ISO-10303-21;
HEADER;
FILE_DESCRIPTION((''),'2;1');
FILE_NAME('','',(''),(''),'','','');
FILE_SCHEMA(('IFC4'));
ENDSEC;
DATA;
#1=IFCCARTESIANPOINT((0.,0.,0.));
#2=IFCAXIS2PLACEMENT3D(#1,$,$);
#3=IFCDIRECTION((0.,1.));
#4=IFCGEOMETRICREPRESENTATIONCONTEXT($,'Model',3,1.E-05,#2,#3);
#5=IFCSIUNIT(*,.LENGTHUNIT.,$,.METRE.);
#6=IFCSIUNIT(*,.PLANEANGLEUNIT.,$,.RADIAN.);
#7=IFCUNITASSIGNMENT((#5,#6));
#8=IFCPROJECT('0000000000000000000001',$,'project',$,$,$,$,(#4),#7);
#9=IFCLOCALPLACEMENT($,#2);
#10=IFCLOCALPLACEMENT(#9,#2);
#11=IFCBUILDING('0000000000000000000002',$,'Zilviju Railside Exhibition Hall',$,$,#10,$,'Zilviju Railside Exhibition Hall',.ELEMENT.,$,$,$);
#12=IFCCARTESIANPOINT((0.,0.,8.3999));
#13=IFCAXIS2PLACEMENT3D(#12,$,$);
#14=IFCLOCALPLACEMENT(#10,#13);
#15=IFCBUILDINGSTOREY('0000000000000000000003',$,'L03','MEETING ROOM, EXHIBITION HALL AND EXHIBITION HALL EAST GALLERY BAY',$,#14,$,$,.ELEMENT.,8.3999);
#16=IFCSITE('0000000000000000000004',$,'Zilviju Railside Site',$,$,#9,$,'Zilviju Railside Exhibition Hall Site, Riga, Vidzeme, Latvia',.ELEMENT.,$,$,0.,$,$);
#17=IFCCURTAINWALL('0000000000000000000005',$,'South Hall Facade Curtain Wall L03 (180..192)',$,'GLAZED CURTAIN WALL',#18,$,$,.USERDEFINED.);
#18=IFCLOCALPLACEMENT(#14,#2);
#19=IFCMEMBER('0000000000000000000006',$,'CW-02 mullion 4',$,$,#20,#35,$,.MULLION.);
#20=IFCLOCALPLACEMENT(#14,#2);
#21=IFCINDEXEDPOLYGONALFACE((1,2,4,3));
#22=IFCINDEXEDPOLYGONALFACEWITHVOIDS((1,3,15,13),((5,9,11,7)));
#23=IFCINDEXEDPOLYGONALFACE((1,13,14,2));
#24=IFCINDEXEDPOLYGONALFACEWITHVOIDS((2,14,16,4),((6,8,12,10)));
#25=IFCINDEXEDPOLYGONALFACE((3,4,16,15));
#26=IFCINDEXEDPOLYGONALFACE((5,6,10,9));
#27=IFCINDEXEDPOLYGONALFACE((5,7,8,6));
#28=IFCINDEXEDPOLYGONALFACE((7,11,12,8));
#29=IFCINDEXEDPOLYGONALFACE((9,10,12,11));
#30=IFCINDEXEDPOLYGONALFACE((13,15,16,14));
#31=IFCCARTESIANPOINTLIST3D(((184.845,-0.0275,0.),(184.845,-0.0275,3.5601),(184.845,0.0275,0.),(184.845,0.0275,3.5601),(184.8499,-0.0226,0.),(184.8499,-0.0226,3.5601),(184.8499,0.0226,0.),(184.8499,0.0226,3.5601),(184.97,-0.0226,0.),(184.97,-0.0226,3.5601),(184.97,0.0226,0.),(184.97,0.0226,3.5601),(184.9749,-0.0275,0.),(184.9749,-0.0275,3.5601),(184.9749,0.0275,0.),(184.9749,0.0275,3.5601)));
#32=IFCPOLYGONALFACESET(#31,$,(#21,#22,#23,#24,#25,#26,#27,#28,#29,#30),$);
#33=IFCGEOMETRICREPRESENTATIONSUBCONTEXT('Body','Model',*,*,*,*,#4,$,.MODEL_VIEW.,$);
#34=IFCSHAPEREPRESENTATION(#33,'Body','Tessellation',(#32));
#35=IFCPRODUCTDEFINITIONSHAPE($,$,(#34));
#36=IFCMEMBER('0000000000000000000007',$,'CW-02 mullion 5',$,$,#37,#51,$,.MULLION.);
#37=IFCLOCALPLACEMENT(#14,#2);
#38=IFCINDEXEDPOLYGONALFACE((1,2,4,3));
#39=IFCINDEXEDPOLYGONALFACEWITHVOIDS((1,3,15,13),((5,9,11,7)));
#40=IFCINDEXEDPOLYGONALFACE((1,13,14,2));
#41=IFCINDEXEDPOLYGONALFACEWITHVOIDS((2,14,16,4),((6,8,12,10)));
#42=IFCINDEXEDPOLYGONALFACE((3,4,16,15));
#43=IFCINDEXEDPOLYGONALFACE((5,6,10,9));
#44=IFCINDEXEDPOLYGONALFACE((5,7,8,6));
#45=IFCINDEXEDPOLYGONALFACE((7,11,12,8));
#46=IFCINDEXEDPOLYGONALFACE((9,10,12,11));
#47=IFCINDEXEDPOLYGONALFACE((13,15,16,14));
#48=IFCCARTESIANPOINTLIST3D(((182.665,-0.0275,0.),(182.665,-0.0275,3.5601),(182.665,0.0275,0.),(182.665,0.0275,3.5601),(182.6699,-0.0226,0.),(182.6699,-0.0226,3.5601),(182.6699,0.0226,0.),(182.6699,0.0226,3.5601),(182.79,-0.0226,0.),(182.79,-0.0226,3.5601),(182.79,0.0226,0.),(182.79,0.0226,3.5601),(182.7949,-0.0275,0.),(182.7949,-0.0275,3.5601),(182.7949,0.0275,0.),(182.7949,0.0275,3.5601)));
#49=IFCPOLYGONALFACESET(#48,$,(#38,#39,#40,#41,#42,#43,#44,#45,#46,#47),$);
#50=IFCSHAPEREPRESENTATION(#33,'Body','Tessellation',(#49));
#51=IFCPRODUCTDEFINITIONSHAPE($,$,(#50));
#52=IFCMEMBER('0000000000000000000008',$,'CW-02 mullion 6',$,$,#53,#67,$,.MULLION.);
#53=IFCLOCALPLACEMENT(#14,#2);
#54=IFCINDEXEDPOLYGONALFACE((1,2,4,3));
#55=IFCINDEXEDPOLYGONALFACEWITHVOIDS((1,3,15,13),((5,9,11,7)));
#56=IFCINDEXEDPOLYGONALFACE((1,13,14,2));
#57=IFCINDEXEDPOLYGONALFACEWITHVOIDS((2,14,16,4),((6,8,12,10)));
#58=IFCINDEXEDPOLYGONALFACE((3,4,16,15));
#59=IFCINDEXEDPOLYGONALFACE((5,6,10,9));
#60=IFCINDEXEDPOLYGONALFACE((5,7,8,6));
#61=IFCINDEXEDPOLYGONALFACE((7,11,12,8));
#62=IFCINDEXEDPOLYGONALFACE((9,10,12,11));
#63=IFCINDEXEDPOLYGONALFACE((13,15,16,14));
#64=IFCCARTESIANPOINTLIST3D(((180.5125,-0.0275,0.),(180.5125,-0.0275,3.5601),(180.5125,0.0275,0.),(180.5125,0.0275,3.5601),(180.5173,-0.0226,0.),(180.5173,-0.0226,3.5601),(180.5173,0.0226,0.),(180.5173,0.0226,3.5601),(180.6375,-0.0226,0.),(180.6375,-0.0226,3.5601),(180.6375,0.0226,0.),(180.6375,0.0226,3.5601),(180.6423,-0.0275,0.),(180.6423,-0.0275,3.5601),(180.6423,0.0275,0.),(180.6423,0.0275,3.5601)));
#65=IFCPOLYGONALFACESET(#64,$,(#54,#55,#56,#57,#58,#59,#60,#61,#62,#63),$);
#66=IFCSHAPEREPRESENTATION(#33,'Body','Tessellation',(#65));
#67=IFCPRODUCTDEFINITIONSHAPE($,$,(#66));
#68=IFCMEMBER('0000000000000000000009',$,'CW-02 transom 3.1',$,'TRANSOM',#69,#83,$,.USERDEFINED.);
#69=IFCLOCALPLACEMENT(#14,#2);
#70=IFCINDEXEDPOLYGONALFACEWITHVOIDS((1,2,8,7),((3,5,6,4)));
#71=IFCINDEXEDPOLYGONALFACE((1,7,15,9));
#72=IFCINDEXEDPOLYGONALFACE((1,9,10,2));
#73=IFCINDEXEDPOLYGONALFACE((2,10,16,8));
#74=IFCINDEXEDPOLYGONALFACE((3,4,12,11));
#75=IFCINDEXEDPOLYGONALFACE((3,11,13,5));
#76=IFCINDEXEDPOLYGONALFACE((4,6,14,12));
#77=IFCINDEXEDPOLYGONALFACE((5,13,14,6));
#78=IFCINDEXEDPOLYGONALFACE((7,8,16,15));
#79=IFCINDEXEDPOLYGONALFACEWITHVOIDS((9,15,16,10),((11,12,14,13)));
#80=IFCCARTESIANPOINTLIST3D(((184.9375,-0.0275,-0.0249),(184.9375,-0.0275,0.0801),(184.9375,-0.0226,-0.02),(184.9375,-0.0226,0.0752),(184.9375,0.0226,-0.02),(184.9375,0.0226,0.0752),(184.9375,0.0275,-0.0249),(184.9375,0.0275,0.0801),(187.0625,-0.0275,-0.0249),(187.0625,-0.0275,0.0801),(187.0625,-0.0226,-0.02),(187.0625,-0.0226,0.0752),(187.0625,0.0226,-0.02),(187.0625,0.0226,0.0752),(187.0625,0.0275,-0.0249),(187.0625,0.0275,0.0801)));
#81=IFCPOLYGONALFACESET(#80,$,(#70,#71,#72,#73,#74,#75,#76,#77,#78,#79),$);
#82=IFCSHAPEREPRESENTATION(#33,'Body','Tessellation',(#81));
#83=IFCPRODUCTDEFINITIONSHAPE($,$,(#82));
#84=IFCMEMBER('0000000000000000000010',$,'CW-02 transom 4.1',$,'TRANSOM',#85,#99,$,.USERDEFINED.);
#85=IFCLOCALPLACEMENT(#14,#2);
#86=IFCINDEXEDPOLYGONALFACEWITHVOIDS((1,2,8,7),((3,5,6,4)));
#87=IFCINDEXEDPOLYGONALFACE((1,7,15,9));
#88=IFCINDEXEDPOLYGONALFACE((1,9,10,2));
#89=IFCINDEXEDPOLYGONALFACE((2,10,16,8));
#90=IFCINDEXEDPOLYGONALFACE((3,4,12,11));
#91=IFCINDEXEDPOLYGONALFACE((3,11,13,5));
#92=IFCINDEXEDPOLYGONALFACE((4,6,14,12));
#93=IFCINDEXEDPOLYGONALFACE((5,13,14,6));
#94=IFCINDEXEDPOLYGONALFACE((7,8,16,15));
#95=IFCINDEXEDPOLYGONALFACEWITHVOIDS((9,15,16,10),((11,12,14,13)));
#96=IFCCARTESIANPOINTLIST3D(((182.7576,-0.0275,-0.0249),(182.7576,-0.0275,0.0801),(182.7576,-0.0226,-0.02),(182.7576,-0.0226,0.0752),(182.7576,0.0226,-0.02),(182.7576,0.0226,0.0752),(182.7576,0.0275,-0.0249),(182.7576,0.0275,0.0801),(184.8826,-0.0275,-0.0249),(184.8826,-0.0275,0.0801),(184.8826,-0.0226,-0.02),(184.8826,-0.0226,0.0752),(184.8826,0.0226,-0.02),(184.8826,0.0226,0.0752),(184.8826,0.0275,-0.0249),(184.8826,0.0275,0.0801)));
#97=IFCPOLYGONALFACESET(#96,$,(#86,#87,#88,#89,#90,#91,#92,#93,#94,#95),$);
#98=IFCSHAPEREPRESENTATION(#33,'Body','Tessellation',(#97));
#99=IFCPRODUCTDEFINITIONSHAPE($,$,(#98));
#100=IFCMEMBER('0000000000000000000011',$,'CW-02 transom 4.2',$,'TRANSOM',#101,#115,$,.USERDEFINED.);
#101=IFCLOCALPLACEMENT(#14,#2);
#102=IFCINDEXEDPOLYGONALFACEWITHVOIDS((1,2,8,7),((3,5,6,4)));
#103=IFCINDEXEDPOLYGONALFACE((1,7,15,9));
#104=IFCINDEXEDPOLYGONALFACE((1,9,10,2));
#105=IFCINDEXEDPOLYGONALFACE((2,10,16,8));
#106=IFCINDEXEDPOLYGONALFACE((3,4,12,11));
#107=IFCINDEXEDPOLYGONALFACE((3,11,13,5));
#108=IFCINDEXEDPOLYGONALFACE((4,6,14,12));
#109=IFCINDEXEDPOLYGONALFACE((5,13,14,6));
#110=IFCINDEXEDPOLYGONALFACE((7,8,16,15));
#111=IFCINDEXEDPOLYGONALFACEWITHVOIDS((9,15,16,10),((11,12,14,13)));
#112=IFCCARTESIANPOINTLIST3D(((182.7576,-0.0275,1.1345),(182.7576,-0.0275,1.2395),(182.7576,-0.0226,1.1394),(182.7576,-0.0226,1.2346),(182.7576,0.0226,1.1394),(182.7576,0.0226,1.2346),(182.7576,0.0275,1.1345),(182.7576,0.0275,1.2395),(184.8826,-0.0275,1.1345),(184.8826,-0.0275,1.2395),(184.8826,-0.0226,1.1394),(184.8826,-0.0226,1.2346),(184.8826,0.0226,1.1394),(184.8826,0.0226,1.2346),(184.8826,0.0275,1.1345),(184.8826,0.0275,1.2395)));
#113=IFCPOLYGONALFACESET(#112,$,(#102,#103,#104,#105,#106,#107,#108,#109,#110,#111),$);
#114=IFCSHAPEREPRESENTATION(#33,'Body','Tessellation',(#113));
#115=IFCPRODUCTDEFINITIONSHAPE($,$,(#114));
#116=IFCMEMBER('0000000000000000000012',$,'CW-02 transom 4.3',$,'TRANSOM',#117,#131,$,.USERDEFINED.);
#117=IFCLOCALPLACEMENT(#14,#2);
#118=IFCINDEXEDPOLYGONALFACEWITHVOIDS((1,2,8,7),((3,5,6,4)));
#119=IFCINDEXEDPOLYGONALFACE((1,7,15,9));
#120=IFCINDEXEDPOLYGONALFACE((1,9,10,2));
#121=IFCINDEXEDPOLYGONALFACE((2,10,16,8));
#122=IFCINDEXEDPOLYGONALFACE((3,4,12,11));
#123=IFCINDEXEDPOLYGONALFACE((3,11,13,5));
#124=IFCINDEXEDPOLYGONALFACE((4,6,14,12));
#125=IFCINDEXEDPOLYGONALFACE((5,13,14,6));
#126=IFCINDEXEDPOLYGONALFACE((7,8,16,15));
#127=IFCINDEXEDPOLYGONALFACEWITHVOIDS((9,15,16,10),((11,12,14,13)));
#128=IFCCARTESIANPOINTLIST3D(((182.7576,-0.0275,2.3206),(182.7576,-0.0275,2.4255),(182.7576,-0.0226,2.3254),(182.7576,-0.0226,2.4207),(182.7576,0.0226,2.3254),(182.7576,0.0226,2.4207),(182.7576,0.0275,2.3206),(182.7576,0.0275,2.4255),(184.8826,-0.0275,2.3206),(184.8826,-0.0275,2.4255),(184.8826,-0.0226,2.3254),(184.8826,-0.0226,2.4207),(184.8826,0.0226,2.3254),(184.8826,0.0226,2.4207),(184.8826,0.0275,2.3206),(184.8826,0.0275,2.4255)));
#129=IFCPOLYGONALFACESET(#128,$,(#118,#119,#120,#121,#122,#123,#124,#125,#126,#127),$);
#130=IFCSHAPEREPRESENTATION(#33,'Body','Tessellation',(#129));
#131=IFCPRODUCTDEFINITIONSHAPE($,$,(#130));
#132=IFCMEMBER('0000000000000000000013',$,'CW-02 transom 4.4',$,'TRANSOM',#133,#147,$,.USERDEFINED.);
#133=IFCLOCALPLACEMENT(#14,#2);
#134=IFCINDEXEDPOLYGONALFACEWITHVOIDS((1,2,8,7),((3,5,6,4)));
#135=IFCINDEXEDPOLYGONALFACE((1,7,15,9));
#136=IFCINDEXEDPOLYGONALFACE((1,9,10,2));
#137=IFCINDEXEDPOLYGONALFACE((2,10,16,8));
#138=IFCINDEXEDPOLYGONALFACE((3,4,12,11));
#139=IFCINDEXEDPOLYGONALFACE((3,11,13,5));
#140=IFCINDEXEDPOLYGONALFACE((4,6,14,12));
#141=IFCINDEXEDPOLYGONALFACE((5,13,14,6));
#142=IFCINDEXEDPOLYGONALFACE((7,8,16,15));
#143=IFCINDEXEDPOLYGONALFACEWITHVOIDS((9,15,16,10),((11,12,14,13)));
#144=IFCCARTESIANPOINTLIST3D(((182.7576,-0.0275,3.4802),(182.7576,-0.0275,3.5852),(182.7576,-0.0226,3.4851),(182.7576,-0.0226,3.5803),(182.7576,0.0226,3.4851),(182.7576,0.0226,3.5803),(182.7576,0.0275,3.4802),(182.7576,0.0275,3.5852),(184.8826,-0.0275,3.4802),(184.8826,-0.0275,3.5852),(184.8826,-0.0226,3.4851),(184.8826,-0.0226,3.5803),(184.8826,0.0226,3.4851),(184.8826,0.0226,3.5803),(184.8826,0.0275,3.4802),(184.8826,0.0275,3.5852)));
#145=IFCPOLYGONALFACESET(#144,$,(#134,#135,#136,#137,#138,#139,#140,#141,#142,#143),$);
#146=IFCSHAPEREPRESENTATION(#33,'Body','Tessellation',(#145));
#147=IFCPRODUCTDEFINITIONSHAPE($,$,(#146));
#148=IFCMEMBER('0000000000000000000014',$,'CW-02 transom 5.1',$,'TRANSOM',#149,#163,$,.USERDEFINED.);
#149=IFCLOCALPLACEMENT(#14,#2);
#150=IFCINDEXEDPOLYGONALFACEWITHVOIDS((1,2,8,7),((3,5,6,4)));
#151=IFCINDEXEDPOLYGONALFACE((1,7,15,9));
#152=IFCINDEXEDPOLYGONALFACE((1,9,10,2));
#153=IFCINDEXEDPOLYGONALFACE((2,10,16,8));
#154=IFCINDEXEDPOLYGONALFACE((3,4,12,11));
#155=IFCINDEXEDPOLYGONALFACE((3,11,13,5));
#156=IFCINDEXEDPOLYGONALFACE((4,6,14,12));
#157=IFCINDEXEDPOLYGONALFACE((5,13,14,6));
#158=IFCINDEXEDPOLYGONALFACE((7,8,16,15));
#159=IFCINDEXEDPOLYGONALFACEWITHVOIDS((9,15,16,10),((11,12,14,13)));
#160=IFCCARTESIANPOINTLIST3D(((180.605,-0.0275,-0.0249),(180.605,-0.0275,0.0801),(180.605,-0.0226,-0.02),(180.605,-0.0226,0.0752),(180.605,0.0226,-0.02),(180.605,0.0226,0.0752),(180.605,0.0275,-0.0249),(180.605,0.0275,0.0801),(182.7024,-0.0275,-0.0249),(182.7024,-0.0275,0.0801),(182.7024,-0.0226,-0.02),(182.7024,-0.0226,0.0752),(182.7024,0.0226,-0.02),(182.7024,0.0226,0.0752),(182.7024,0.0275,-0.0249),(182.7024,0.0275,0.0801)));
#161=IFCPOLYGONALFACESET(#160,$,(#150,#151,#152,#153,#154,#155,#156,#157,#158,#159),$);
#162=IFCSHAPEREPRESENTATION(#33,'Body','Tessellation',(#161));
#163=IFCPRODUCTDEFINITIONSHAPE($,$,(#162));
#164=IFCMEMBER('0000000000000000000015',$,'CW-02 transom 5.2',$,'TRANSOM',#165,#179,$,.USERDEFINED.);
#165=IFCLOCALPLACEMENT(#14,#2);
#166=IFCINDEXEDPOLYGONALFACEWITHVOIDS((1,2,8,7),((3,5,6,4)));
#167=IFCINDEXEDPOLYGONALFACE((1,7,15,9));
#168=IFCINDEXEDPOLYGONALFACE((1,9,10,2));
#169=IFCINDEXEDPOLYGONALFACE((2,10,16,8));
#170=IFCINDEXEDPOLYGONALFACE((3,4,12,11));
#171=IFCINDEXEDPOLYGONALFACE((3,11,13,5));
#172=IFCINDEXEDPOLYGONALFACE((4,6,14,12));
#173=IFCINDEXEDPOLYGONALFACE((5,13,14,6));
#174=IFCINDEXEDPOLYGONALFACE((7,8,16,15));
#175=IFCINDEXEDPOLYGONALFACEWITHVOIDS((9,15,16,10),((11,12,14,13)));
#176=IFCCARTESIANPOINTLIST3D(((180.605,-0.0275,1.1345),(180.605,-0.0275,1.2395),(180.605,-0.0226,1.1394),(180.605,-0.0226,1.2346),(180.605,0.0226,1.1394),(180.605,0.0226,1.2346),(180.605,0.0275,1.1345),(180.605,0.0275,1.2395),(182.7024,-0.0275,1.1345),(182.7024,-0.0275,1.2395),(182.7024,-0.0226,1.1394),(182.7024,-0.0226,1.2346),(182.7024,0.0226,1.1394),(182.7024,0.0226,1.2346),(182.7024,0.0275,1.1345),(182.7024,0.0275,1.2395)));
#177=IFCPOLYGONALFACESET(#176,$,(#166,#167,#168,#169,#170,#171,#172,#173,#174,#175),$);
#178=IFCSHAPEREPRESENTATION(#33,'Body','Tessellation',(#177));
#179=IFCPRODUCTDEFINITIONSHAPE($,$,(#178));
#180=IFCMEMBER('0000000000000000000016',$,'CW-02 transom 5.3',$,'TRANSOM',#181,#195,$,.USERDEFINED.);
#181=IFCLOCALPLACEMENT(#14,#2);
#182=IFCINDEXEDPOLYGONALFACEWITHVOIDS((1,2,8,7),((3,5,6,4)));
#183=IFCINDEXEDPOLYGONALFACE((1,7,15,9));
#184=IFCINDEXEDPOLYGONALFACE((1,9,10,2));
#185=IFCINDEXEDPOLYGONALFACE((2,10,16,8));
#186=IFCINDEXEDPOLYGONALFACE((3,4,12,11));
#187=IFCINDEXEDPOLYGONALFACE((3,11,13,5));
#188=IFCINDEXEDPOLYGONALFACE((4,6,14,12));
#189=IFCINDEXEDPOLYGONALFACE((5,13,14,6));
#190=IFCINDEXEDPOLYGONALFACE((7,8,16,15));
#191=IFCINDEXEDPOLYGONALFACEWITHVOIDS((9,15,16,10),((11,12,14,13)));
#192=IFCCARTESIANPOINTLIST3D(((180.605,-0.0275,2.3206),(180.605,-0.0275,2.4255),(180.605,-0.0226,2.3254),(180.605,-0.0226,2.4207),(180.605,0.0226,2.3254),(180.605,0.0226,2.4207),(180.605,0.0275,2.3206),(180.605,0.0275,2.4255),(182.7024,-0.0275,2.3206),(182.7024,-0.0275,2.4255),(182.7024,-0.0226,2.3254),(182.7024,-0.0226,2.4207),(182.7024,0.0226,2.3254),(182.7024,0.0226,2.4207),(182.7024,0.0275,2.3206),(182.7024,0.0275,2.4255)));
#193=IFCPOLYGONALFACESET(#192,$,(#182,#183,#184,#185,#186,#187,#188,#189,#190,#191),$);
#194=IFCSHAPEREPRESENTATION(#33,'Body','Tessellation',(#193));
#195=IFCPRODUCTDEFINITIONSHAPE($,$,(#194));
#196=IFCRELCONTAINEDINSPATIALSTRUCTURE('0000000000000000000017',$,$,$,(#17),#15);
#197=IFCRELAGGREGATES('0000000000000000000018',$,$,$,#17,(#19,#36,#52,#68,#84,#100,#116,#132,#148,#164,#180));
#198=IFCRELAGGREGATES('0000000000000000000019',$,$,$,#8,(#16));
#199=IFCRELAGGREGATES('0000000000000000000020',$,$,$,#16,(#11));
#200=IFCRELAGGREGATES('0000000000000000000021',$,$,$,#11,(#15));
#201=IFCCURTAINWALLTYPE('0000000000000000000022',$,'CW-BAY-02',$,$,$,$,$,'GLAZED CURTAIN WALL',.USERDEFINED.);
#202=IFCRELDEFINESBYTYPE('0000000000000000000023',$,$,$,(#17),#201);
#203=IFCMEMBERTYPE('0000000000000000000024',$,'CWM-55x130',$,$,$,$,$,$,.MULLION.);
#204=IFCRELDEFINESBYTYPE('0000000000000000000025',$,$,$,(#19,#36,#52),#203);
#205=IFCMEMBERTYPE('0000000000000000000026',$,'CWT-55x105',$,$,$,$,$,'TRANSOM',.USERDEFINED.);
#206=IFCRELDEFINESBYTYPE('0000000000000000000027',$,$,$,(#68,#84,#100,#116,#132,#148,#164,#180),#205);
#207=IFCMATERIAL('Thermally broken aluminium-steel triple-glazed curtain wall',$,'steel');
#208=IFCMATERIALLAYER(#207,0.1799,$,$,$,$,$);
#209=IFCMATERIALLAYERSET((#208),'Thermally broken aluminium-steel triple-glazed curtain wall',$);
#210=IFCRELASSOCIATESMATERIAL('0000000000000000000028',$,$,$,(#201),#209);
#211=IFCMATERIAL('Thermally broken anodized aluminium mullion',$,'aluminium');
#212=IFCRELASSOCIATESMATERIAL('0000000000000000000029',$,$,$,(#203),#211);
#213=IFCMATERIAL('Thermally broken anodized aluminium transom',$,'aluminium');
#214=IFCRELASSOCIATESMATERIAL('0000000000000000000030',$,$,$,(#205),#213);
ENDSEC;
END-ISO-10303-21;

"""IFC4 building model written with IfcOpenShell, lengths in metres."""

from ifc_helpers import new_model, si_unit, direction, frame, origin, origin_2d, place, context, subcontext, project, spatial, hollow_rectangle, extrude, material, layer, layer_set, material_profile, profile_set, type_object, element, aggregate, save


model = new_model("IFC4")

# Units and contexts
model_context = context("Model", 3, precision=1e-05, world=origin(), true_north=direction((0.0, 1.0)))
body_context = subcontext(model_context, "Body", "Model", "MODEL_VIEW")
ifc_project = project(units=[si_unit("LENGTHUNIT", "METRE"), si_unit("PLANEANGLEUNIT", "RADIAN")], contexts=[model_context])

# Site, building, storey
site_placement = place(None, origin())
site = spatial("IfcSite", under=ifc_project, at=site_placement, Name="Zilviju Railside Site", LongName="Zilviju Railside Exhibition Hall Site, Riga, Vidzeme, Latvia", CompositionType="ELEMENT", RefElevation=0.0)
building_placement = place(site_placement, origin())
building = spatial("IfcBuilding", under=site, at=building_placement, Name="Zilviju Railside Exhibition Hall", LongName="Zilviju Railside Exhibition Hall", CompositionType="ELEMENT")
storey_placement = place(building_placement, frame((0.0, 0.0, 8.3999)))
storey = spatial("IfcBuildingStorey", under=building, at=storey_placement, Name="L03", Description="MEETING ROOM, EXHIBITION HALL AND EXHIBITION HALL EAST GALLERY BAY", CompositionType="ELEMENT", Elevation=8.3999)

# Curtain wall, members
ifc_material_1 = material(Name="Thermally broken aluminium-steel triple-glazed curtain wall", Category="steel")
ifc_layer_1 = layer(ifc_material_1, 0.1799)
ifc_layer_set_1 = layer_set([ifc_layer_1], Name="Thermally broken aluminium-steel triple-glazed curtain wall")
curtain_wall_type = type_object("IfcCurtainWallType", Name="CW-BAY-02", ElementType="GLAZED CURTAIN WALL", PredefinedType="USERDEFINED", material=ifc_layer_set_1)
curtain_wall_placement = place(storey_placement, origin())
curtain_wall = element("IfcCurtainWall", 1, at=curtain_wall_placement, inside=storey, type_object=curtain_wall_type, Name="South Hall Facade Curtain Wall L03 (180..192)", ObjectType="GLAZED CURTAIN WALL", PredefinedType="USERDEFINED")
ifc_material_2 = material(Name="Thermally broken anodized aluminium mullion", Category="aluminium")
ifc_material_profile_1 = material_profile(ifc_material_2, hollow_rectangle(XDim=0.0549, YDim=0.1299, WallThickness=0.0049, at=origin_2d()), Name="MULLION 130x55x5")
ifc_profile_set_1 = profile_set([ifc_material_profile_1], Name="Thermally broken anodized aluminium mullion")
member_type_1 = type_object("IfcMemberType", Name="CWM-55x130", PredefinedType="MULLION", material=ifc_profile_set_1)
member_1_placement = place(storey_placement, frame((184.9099, 0.0, 0.0), z_axis=(0.0, 0.0, 1.0), x_axis=(0.0, -1.0, 0.0)))
member_1 = element("IfcMember", 2, at=member_1_placement, type_object=member_type_1, Name="CW-02 mullion 4", PredefinedType="MULLION", context=body_context, shape_type="SweptSolid", body=[
    extrude(hollow_rectangle(XDim=0.0549, YDim=0.1299, WallThickness=0.0049, at=origin_2d()), origin(), (0.0, 0.0, 1.0), 3.5601),
])
member_2_placement = place(storey_placement, frame((182.73, 0.0, 0.0), z_axis=(0.0, 0.0, 1.0), x_axis=(0.0, -1.0, 0.0)))
member_2 = element("IfcMember", 3, at=member_2_placement, type_object=member_type_1, Name="CW-02 mullion 5", PredefinedType="MULLION", context=body_context, shape_type="SweptSolid", body=[
    extrude(hollow_rectangle(XDim=0.0549, YDim=0.1299, WallThickness=0.0049, at=origin_2d()), origin(), (0.0, 0.0, 1.0), 3.5601),
])
member_3_placement = place(storey_placement, frame((180.5774, 0.0, 0.0), z_axis=(0.0, 0.0, 1.0), x_axis=(0.0, -1.0, 0.0)))
member_3 = element("IfcMember", 4, at=member_3_placement, type_object=member_type_1, Name="CW-02 mullion 6", PredefinedType="MULLION", context=body_context, shape_type="SweptSolid", body=[
    extrude(hollow_rectangle(XDim=0.0549, YDim=0.1299, WallThickness=0.0049, at=origin_2d()), origin(), (0.0, 0.0, 1.0), 3.5601),
])
ifc_material_3 = material(Name="Thermally broken anodized aluminium transom", Category="aluminium")
ifc_material_profile_2 = material_profile(ifc_material_3, hollow_rectangle(XDim=0.0549, YDim=0.105, WallThickness=0.0049, at=origin_2d()), Name="TRANSOM 105x55x5")
ifc_profile_set_2 = profile_set([ifc_material_profile_2], Name="Thermally broken anodized aluminium transom")
member_type_2 = type_object("IfcMemberType", Name="CWT-55x105", ElementType="TRANSOM", PredefinedType="USERDEFINED", material=ifc_profile_set_2)
member_4_placement = place(storey_placement, frame((187.0625, 0.0, 0.0276), z_axis=(-1.0, 0.0, 0.0), x_axis=(0.0, -1.0, 0.0)))
member_4 = element("IfcMember", 5, at=member_4_placement, type_object=member_type_2, Name="CW-02 transom 3.1", ObjectType="TRANSOM", PredefinedType="USERDEFINED", context=body_context, shape_type="SweptSolid", body=[
    extrude(hollow_rectangle(XDim=0.0549, YDim=0.105, WallThickness=0.0049, at=origin_2d()), origin(), (0.0, 0.0, 1.0), 2.125),
])
member_5_placement = place(storey_placement, frame((184.8826, 0.0, 0.0276), z_axis=(-1.0, 0.0, 0.0), x_axis=(0.0, -1.0, 0.0)))
member_5 = element("IfcMember", 6, at=member_5_placement, type_object=member_type_2, Name="CW-02 transom 4.1", ObjectType="TRANSOM", PredefinedType="USERDEFINED", context=body_context, shape_type="SweptSolid", body=[
    extrude(hollow_rectangle(XDim=0.0549, YDim=0.105, WallThickness=0.0049, at=origin_2d()), origin(), (0.0, 0.0, 1.0), 2.125),
])
member_6_placement = place(storey_placement, frame((184.8826, 0.0, 1.187), z_axis=(-1.0, 0.0, 0.0), x_axis=(0.0, -1.0, 0.0)))
member_6 = element("IfcMember", 7, at=member_6_placement, type_object=member_type_2, Name="CW-02 transom 4.2", ObjectType="TRANSOM", PredefinedType="USERDEFINED", context=body_context, shape_type="SweptSolid", body=[
    extrude(hollow_rectangle(XDim=0.0549, YDim=0.105, WallThickness=0.0049, at=origin_2d()), origin(), (0.0, 0.0, 1.0), 2.125),
])
member_7_placement = place(storey_placement, frame((184.8826, 0.0, 2.373), z_axis=(-1.0, 0.0, 0.0), x_axis=(0.0, -1.0, 0.0)))
member_7 = element("IfcMember", 8, at=member_7_placement, type_object=member_type_2, Name="CW-02 transom 4.3", ObjectType="TRANSOM", PredefinedType="USERDEFINED", context=body_context, shape_type="SweptSolid", body=[
    extrude(hollow_rectangle(XDim=0.0549, YDim=0.105, WallThickness=0.0049, at=origin_2d()), origin(), (0.0, 0.0, 1.0), 2.125),
])
member_8_placement = place(storey_placement, frame((184.8826, 0.0, 3.5327), z_axis=(-1.0, 0.0, 0.0), x_axis=(0.0, -1.0, 0.0)))
member_8 = element("IfcMember", 9, at=member_8_placement, type_object=member_type_2, Name="CW-02 transom 4.4", ObjectType="TRANSOM", PredefinedType="USERDEFINED", context=body_context, shape_type="SweptSolid", body=[
    extrude(hollow_rectangle(XDim=0.0549, YDim=0.105, WallThickness=0.0049, at=origin_2d()), origin(), (0.0, 0.0, 1.0), 2.125),
])
member_9_placement = place(storey_placement, frame((182.7024, 0.0, 0.0276), z_axis=(-1.0, 0.0, 0.0), x_axis=(0.0, -1.0, 0.0)))
member_9 = element("IfcMember", 10, at=member_9_placement, type_object=member_type_2, Name="CW-02 transom 5.1", ObjectType="TRANSOM", PredefinedType="USERDEFINED", context=body_context, shape_type="SweptSolid", body=[
    extrude(hollow_rectangle(XDim=0.0549, YDim=0.105, WallThickness=0.0049, at=origin_2d()), origin(), (0.0, 0.0, 1.0), 2.0974),
])
member_10_placement = place(storey_placement, frame((182.7024, 0.0, 1.187), z_axis=(-1.0, 0.0, 0.0), x_axis=(0.0, -1.0, 0.0)))
member_10 = element("IfcMember", 11, at=member_10_placement, type_object=member_type_2, Name="CW-02 transom 5.2", ObjectType="TRANSOM", PredefinedType="USERDEFINED", context=body_context, shape_type="SweptSolid", body=[
    extrude(hollow_rectangle(XDim=0.0549, YDim=0.105, WallThickness=0.0049, at=origin_2d()), origin(), (0.0, 0.0, 1.0), 2.0974),
])
member_11_placement = place(storey_placement, frame((182.7024, 0.0, 2.373), z_axis=(-1.0, 0.0, 0.0), x_axis=(0.0, -1.0, 0.0)))
member_11 = element("IfcMember", 12, at=member_11_placement, type_object=member_type_2, Name="CW-02 transom 5.3", ObjectType="TRANSOM", PredefinedType="USERDEFINED", context=body_context, shape_type="SweptSolid", body=[
    extrude(hollow_rectangle(XDim=0.0549, YDim=0.105, WallThickness=0.0049, at=origin_2d()), origin(), (0.0, 0.0, 1.0), 2.0974),
])
aggregate(curtain_wall, [member_1, member_2, member_3, member_4, member_5, member_6, member_7, member_8, member_9, member_10, member_11])

save(model, "model.ifc")
